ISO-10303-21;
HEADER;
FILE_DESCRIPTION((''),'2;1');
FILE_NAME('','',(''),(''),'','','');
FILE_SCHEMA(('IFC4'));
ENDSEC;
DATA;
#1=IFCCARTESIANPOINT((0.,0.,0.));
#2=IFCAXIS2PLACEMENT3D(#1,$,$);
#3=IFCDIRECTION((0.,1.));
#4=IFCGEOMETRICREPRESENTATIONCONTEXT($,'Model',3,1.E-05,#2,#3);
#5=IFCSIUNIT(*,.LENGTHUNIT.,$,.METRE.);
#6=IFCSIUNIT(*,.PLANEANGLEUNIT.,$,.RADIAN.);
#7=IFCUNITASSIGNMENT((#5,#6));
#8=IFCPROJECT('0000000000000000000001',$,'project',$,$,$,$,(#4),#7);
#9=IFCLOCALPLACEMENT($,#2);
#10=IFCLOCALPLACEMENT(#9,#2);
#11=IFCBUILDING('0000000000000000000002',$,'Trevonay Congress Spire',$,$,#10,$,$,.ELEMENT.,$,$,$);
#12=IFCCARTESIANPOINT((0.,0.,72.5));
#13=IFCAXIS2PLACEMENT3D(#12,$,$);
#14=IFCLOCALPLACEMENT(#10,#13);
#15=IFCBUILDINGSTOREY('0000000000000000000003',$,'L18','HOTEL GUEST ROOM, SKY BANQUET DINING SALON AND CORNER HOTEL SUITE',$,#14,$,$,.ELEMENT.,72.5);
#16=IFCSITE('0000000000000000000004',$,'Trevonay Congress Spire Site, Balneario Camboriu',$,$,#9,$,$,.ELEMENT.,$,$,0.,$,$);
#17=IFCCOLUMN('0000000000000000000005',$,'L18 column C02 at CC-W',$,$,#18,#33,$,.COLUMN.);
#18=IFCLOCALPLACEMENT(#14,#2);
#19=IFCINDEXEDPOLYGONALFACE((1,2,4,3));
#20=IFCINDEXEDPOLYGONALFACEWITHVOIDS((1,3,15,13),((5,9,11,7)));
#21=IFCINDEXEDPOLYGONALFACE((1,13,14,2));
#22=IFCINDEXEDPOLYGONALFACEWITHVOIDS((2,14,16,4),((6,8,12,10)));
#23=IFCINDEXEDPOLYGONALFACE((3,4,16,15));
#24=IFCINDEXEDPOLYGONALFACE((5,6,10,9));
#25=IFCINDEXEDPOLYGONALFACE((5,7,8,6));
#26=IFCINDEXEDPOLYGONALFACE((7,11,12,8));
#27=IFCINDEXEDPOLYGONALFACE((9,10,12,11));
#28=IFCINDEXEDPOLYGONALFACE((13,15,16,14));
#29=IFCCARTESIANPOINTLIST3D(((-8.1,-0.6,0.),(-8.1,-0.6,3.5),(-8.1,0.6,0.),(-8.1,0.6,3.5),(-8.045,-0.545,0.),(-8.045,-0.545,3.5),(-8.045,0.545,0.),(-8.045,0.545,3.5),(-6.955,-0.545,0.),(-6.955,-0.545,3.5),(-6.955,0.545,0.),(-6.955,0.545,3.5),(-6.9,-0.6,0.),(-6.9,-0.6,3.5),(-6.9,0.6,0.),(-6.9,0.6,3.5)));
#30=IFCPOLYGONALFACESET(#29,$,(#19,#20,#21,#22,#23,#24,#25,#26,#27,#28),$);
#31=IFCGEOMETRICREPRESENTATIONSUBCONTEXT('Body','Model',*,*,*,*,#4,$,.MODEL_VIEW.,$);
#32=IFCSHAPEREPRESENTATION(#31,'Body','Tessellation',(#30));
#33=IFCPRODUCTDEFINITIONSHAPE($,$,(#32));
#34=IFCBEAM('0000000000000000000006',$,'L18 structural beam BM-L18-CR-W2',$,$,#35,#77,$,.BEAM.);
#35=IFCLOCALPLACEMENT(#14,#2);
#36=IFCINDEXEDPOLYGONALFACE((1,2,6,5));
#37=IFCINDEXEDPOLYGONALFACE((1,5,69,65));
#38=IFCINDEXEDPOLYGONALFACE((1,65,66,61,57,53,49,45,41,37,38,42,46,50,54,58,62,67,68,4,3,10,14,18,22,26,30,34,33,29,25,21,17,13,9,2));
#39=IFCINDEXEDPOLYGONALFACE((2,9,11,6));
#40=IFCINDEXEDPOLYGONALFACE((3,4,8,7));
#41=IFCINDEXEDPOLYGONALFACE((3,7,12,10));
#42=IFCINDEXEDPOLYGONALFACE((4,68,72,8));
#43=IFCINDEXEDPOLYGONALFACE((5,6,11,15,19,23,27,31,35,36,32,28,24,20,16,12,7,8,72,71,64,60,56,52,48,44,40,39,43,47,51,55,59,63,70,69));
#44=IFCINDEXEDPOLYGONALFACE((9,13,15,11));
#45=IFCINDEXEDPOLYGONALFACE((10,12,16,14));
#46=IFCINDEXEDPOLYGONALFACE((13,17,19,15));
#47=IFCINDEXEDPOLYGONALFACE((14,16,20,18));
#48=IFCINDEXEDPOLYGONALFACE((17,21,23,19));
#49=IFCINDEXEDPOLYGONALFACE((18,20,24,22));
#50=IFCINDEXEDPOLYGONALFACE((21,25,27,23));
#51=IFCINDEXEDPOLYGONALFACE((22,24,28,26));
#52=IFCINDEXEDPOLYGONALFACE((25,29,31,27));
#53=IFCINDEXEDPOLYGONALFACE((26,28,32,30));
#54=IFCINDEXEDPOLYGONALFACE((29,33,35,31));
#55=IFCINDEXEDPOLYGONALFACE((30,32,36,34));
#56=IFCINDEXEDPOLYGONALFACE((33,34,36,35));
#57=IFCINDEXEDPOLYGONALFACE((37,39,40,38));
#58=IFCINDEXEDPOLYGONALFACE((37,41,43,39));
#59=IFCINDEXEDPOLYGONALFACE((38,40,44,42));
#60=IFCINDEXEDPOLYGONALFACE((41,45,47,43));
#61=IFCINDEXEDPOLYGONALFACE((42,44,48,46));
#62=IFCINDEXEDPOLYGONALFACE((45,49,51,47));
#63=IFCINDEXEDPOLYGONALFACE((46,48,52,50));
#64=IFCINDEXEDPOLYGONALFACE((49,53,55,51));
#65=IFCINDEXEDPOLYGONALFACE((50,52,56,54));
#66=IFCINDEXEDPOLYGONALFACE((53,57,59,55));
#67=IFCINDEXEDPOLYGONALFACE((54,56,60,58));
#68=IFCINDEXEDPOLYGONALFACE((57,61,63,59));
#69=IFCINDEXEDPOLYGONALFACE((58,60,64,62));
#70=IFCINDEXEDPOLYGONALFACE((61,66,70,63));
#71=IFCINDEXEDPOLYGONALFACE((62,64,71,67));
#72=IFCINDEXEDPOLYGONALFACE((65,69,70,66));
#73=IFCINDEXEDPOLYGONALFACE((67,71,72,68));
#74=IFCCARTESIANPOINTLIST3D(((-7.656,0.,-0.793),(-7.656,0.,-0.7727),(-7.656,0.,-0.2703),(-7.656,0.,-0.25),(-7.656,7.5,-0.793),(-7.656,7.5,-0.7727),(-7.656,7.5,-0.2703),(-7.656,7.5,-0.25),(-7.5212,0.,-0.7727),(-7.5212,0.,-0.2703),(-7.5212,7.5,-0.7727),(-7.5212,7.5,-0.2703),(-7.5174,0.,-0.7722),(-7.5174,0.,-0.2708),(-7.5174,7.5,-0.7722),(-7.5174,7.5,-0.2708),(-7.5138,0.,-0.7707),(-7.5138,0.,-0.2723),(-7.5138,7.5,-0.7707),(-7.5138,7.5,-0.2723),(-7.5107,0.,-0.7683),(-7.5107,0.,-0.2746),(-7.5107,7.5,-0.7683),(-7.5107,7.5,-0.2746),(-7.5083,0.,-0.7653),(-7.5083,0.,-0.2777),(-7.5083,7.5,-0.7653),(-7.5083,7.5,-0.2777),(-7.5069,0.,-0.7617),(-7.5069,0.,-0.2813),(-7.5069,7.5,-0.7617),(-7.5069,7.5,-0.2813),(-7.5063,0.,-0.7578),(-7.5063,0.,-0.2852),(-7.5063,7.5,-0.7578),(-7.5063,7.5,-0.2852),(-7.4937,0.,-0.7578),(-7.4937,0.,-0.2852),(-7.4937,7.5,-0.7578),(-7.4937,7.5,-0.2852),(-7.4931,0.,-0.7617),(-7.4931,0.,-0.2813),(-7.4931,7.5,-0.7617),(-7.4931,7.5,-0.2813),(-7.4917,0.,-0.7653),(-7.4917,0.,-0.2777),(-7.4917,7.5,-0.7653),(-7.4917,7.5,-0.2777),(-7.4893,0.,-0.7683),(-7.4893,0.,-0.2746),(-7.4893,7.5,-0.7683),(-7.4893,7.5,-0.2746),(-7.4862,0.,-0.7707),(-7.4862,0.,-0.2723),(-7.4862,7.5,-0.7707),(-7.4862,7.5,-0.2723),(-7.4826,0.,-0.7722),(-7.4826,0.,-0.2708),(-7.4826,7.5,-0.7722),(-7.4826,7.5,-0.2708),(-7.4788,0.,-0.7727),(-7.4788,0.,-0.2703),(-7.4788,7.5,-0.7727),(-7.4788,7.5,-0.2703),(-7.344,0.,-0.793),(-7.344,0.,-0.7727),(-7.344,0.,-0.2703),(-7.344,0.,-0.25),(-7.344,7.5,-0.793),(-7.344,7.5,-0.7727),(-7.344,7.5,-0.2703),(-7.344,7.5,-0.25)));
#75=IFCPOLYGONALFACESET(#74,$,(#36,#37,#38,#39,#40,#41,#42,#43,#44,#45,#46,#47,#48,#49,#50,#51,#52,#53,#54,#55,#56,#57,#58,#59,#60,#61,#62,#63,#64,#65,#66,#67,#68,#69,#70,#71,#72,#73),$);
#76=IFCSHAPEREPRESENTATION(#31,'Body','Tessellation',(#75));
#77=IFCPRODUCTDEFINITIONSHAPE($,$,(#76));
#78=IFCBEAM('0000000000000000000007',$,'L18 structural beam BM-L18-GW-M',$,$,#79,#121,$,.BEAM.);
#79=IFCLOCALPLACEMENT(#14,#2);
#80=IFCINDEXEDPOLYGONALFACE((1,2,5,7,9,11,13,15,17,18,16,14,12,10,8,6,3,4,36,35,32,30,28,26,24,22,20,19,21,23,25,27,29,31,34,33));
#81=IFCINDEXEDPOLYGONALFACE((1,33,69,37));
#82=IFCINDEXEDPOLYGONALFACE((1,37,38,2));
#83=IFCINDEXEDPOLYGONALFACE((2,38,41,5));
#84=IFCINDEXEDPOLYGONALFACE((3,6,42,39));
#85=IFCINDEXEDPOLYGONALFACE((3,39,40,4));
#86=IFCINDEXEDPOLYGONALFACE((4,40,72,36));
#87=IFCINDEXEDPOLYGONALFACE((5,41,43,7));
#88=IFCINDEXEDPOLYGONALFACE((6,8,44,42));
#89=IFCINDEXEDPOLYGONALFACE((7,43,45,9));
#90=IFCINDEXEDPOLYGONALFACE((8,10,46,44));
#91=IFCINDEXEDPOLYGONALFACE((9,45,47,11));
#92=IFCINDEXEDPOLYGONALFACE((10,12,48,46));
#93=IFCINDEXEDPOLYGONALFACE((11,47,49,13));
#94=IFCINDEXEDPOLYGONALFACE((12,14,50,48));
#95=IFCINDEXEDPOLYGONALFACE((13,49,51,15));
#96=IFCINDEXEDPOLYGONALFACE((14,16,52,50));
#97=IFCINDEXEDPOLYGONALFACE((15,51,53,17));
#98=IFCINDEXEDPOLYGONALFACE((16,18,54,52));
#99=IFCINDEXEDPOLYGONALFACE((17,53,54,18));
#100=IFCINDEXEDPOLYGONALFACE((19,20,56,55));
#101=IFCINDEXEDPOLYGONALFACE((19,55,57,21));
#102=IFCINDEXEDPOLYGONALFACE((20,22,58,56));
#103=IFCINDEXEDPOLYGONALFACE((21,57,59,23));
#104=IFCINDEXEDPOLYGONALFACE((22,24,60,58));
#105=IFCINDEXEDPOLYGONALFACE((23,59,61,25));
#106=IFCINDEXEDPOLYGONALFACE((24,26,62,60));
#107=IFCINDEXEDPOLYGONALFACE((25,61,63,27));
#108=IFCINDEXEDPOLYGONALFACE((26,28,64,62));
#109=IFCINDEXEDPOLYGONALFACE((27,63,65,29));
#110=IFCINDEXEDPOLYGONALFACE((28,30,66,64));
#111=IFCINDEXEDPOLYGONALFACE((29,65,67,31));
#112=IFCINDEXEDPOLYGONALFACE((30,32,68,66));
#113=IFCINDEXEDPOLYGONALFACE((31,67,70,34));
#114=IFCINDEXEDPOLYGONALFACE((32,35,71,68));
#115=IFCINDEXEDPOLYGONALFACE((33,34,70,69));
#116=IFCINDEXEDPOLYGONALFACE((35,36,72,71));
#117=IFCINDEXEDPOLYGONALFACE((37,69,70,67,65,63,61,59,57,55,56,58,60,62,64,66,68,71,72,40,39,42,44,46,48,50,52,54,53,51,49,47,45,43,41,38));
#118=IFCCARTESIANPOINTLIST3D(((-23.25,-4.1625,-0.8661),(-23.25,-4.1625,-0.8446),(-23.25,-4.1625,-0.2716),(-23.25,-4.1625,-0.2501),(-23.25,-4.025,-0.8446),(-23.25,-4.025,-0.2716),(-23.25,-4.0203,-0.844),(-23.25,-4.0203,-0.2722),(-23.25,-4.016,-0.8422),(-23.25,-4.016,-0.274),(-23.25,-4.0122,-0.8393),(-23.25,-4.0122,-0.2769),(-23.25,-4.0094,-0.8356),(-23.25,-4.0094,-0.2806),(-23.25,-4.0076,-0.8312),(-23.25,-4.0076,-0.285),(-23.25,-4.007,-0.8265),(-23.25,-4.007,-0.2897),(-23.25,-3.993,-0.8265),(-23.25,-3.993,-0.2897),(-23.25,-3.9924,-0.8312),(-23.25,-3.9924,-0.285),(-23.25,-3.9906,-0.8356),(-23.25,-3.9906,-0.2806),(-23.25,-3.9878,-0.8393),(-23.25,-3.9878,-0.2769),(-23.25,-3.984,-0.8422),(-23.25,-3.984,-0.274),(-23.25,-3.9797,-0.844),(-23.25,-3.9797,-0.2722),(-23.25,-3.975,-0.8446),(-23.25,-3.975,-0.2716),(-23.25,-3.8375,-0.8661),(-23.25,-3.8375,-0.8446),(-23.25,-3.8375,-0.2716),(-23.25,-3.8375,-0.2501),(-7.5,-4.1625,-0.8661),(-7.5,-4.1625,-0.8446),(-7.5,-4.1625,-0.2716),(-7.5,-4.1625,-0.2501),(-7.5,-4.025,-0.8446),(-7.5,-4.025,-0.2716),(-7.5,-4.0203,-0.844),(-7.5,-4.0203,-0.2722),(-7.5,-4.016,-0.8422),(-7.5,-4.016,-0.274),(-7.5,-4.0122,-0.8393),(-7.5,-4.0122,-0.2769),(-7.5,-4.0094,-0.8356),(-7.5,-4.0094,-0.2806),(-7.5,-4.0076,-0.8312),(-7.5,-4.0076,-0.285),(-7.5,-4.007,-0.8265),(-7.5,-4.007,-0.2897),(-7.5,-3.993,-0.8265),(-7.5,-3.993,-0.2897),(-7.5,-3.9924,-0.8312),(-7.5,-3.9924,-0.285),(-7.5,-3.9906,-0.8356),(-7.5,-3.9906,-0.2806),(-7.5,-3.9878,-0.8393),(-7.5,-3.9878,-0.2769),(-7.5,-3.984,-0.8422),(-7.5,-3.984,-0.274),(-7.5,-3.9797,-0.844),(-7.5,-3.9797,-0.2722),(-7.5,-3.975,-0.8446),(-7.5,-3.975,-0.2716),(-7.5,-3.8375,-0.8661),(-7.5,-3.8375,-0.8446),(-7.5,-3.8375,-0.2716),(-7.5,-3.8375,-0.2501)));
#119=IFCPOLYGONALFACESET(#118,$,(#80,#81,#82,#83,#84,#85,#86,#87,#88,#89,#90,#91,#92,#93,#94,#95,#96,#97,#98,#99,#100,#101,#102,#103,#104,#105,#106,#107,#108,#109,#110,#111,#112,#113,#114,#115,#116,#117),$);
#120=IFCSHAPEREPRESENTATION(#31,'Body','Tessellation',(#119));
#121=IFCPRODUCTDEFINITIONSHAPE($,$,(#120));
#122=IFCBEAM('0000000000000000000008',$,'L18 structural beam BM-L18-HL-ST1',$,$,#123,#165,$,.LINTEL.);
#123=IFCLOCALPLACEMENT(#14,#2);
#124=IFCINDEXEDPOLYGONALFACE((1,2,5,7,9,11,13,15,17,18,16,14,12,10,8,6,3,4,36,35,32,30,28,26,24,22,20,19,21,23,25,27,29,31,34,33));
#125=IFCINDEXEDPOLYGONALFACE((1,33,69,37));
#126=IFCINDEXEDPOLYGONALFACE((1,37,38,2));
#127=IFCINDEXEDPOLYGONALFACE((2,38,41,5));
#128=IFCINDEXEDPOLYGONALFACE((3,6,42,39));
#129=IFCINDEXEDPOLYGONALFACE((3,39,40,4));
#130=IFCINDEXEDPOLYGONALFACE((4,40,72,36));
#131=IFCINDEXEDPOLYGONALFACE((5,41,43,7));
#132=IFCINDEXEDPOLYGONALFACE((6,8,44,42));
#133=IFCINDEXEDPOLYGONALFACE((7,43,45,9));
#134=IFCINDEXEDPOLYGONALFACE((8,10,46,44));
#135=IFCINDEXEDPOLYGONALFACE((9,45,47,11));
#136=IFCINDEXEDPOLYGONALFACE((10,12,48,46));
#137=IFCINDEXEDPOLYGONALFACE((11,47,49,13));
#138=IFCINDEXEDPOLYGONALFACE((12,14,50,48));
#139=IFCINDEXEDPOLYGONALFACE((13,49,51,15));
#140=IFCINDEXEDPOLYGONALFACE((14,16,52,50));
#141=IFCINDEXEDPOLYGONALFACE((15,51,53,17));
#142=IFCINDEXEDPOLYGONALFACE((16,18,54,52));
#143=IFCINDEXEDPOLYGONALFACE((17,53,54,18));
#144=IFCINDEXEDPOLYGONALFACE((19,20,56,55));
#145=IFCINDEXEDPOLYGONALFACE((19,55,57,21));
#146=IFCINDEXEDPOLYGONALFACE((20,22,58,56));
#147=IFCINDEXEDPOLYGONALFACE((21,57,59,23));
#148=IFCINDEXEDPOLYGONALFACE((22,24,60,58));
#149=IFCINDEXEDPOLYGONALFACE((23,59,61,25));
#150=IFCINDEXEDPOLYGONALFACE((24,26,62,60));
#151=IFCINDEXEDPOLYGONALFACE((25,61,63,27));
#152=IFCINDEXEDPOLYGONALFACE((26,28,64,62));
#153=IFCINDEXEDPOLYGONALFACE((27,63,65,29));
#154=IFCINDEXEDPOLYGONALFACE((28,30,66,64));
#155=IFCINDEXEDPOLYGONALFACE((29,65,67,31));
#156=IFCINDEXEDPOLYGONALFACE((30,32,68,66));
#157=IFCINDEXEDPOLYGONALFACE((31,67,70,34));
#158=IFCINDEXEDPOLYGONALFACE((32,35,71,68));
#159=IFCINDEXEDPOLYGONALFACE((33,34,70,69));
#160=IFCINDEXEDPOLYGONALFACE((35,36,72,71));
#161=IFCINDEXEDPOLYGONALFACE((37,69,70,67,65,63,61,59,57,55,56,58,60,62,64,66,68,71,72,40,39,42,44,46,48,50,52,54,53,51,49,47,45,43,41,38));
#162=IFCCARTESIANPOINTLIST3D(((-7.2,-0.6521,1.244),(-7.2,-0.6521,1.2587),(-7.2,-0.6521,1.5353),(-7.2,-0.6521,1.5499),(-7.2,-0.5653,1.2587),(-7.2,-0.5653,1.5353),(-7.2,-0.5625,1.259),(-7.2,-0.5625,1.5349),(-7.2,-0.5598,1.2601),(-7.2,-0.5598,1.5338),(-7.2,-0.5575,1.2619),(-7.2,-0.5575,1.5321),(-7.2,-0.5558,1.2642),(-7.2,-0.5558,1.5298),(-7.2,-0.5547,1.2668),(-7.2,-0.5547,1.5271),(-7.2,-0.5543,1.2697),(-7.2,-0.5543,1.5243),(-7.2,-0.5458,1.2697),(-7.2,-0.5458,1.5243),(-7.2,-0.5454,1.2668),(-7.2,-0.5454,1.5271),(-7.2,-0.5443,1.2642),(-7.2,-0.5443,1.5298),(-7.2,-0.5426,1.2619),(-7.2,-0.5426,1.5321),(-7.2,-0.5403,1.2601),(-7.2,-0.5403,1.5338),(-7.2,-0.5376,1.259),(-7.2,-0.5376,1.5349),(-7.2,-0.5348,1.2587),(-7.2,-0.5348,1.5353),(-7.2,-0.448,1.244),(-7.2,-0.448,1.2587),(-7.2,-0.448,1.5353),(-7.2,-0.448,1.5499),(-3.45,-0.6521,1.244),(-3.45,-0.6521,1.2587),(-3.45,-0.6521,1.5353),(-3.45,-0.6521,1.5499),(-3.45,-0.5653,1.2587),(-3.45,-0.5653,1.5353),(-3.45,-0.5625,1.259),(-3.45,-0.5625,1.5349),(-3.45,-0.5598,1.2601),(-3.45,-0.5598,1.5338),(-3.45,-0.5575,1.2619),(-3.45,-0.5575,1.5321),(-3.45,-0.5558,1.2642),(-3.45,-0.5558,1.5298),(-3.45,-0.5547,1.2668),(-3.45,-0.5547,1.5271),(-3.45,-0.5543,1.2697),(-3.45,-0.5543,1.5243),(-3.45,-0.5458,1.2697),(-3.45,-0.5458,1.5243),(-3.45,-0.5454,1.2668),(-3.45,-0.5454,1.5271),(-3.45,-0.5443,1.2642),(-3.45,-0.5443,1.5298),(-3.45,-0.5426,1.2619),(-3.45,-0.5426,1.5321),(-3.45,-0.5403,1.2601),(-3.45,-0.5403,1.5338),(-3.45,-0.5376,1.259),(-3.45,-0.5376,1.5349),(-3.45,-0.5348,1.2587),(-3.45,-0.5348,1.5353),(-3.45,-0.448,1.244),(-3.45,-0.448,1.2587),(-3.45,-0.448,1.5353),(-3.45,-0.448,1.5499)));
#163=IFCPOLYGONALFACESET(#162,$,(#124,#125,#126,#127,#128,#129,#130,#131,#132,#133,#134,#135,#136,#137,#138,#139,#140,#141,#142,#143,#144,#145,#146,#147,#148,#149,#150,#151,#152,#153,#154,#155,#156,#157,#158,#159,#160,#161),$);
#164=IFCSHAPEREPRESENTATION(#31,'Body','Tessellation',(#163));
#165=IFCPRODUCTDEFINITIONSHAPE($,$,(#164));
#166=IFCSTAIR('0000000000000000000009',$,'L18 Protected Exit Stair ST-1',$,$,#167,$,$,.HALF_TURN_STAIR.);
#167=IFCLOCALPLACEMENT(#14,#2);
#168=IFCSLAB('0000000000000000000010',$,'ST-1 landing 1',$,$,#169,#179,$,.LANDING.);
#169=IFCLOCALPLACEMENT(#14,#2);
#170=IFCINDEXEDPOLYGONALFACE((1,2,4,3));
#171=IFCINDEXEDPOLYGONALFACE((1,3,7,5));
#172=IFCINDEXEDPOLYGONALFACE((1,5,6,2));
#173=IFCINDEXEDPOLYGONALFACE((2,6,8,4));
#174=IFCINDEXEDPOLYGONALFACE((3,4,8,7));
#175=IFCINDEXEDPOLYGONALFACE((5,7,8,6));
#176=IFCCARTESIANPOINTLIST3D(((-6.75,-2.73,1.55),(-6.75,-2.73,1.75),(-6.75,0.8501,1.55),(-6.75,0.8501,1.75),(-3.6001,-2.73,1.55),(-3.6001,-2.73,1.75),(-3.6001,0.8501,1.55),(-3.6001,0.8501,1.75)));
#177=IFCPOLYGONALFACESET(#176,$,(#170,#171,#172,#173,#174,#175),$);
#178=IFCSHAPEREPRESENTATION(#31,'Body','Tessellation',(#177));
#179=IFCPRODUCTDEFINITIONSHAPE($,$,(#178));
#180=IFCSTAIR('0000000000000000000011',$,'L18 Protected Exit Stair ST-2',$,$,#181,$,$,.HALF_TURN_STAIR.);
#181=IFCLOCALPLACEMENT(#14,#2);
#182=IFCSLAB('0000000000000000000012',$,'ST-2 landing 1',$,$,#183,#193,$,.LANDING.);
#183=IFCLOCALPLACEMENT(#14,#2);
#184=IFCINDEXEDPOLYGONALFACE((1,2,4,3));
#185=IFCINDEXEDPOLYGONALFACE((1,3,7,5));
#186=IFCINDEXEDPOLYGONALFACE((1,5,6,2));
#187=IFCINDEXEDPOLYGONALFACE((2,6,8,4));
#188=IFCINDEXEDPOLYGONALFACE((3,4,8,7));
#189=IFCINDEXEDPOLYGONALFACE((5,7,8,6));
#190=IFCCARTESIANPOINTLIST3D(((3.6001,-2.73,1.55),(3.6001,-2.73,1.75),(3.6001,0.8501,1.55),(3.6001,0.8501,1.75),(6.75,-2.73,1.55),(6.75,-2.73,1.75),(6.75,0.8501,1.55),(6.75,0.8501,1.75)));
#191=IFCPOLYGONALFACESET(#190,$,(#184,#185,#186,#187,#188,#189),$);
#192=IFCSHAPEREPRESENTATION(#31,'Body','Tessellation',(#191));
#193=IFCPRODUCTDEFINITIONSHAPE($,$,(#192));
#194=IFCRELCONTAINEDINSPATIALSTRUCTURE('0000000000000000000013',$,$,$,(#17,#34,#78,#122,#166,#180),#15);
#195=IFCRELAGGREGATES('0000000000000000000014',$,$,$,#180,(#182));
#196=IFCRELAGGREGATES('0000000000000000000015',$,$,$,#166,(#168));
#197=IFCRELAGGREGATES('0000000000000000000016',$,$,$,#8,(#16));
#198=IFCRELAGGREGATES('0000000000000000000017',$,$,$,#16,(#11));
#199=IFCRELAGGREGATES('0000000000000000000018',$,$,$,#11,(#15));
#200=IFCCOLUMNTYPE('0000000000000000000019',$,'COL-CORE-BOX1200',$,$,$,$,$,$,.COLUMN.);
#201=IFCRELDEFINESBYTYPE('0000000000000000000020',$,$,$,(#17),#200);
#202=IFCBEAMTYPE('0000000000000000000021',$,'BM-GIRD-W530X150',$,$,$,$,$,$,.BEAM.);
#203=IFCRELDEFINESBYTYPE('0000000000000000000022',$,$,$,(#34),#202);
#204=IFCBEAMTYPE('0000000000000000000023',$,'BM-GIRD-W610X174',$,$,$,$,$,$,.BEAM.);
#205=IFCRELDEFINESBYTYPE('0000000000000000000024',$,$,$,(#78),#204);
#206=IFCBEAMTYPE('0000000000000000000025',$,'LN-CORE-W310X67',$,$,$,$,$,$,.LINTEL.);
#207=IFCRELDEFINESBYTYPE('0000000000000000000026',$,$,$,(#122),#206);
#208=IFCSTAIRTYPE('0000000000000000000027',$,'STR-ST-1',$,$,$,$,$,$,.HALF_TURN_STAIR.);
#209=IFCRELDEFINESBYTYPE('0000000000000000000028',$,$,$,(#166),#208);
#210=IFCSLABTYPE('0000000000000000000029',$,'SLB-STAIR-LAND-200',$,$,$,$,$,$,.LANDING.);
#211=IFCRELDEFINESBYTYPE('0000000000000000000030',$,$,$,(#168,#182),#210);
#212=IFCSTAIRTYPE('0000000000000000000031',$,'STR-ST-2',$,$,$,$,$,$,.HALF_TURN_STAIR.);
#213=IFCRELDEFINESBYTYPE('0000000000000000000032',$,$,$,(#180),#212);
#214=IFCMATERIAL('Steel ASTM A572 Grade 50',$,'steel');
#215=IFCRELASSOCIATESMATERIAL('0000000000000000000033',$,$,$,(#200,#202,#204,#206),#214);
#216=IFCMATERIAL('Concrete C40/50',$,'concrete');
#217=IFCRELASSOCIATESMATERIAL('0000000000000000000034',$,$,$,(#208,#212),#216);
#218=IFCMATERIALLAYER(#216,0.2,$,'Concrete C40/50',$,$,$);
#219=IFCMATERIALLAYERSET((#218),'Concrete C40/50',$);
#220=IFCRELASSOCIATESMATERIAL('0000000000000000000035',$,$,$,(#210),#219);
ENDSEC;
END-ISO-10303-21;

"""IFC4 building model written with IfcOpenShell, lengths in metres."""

from ifc_helpers import new_model, si_unit, direction, frame, origin, origin_2d, place, context, subcontext, project, spatial, polyline, hollow_rectangle, i_section, outline, extrude, material, layer, layer_set, material_profile, profile_set, type_object, element, aggregate, save


model = new_model("IFC4")

# Units and contexts
model_context = context("Model", 3, precision=1e-05, world=origin(), true_north=direction((0.0, 1.0)))
body_context = subcontext(model_context, "Body", "Model", "MODEL_VIEW")
ifc_project = project(units=[si_unit("LENGTHUNIT", "METRE"), si_unit("PLANEANGLEUNIT", "RADIAN")], contexts=[model_context])

# Site, building, storey
site_placement = place(None, origin())
site = spatial("IfcSite", under=ifc_project, at=site_placement, Name="Trevonay Congress Spire Site, Balneario Camboriu", CompositionType="ELEMENT", RefElevation=0.0)
building_placement = place(site_placement, origin())
building = spatial("IfcBuilding", under=site, at=building_placement, Name="Trevonay Congress Spire", CompositionType="ELEMENT")
storey_placement = place(building_placement, frame((0.0, 0.0, 72.5)))
storey = spatial("IfcBuildingStorey", under=building, at=storey_placement, Name="L18", Description="HOTEL GUEST ROOM, SKY BANQUET DINING SALON AND CORNER HOTEL SUITE", CompositionType="ELEMENT", Elevation=72.5)

# Column
ifc_material_1 = material(Name="Steel ASTM A572 Grade 50", Category="steel")
ifc_material_profile_1 = material_profile(ifc_material_1, hollow_rectangle(XDim=1.2, YDim=1.2, WallThickness=0.0549, at=origin_2d()), Name="BOX 1200x1200x55")
ifc_profile_set_1 = profile_set([ifc_material_profile_1], Name="Steel ASTM A572 Grade 50")
column_type = type_object("IfcColumnType", Name="COL-CORE-BOX1200", PredefinedType="COLUMN", material=ifc_profile_set_1)
column_placement = place(storey_placement, frame((-7.5, 0.0, 0.0), z_axis=(0.0, 0.0, 1.0), x_axis=(1.0, 0.0, 0.0)))
element("IfcColumn", 1, at=column_placement, inside=storey, type_object=column_type, Name="L18 column C02 at CC-W", PredefinedType="COLUMN", context=body_context, shape_type="SweptSolid", body=[
    extrude(hollow_rectangle(XDim=1.2, YDim=1.2, WallThickness=0.0549, at=origin_2d()), origin(), (0.0, 0.0, 1.0), 3.5),
])

# Beams
ifc_material_profile_2 = material_profile(ifc_material_1, i_section(OverallWidth=0.312, OverallDepth=0.543, WebThickness=0.0127, FlangeThickness=0.0203, FilletRadius=0.0149, at=origin_2d()), Name="W530x150")
ifc_profile_set_2 = profile_set([ifc_material_profile_2], Name="Steel ASTM A572 Grade 50")
beam_type_1 = type_object("IfcBeamType", Name="BM-GIRD-W530X150", PredefinedType="BEAM", material=ifc_profile_set_2)
beam_1_placement = place(storey_placement, frame((-7.5, 0.0, -0.5215), z_axis=(0.0, 1.0, 0.0), x_axis=(-1.0, 0.0, 0.0)))
element("IfcBeam", 2, at=beam_1_placement, inside=storey, type_object=beam_type_1, Name="L18 structural beam BM-L18-CR-W2", PredefinedType="BEAM", context=body_context, shape_type="SweptSolid", body=[
    extrude(i_section(OverallWidth=0.312, OverallDepth=0.543, WebThickness=0.0127, FlangeThickness=0.0203, FilletRadius=0.0149, at=origin_2d()), origin(), (0.0, 0.0, 1.0), 7.5),
])
ifc_material_profile_3 = material_profile(ifc_material_1, i_section(OverallWidth=0.325, OverallDepth=0.616, WebThickness=0.0139, FlangeThickness=0.0215, FilletRadius=0.0181, at=origin_2d()), Name="W610x174")
ifc_profile_set_3 = profile_set([ifc_material_profile_3], Name="Steel ASTM A572 Grade 50")
beam_type_2 = type_object("IfcBeamType", Name="BM-GIRD-W610X174", PredefinedType="BEAM", material=ifc_profile_set_3)
beam_2_placement = place(storey_placement, frame((-7.5, -4.0, -0.5581), z_axis=(-1.0, 0.0, 0.0), x_axis=(0.0, -1.0, 0.0)))
element("IfcBeam", 3, at=beam_2_placement, inside=storey, type_object=beam_type_2, Name="L18 structural beam BM-L18-GW-M", PredefinedType="BEAM", context=body_context, shape_type="SweptSolid", body=[
    extrude(i_section(OverallWidth=0.325, OverallDepth=0.616, WebThickness=0.0139, FlangeThickness=0.0215, FilletRadius=0.0181, at=origin_2d()), origin(), (0.0, 0.0, 1.0), 15.75),
])
ifc_material_profile_4 = material_profile(ifc_material_1, i_section(OverallWidth=0.2041, OverallDepth=0.3059, WebThickness=0.0085, FlangeThickness=0.0146, FilletRadius=0.011, at=origin_2d()), Name="W310x67")
ifc_profile_set_4 = profile_set([ifc_material_profile_4], Name="Steel ASTM A572 Grade 50")
beam_type_3 = type_object("IfcBeamType", Name="LN-CORE-W310X67", PredefinedType="LINTEL", material=ifc_profile_set_4)
beam_3_placement = place(storey_placement, frame((-7.2, -0.55, 1.397), z_axis=(1.0, 0.0, 0.0), x_axis=(0.0, 1.0, 0.0)))
element("IfcBeam", 4, at=beam_3_placement, inside=storey, type_object=beam_type_3, Name="L18 structural beam BM-L18-HL-ST1", PredefinedType="LINTEL", context=body_context, shape_type="SweptSolid", body=[
    extrude(i_section(OverallWidth=0.2041, OverallDepth=0.3059, WebThickness=0.0085, FlangeThickness=0.0146, FilletRadius=0.011, at=origin_2d()), origin(), (0.0, 0.0, 1.0), 3.75),
])

# Stairs, slabs
ifc_material_2 = material(Name="Concrete C40/50", Category="concrete")
stair_type_1 = type_object("IfcStairType", Name="STR-ST-1", PredefinedType="HALF_TURN_STAIR", material=ifc_material_2)
stair_1_placement = place(storey_placement, origin())
stair_1 = element("IfcStair", 5, at=stair_1_placement, inside=storey, type_object=stair_type_1, Name="L18 Protected Exit Stair ST-1", PredefinedType="HALF_TURN_STAIR")
ifc_layer_1 = layer(ifc_material_2, 0.2, Name="Concrete C40/50")
ifc_layer_set_1 = layer_set([ifc_layer_1], Name="Concrete C40/50")
slab_type_1 = type_object("IfcSlabType", Name="SLB-STAIR-LAND-200", PredefinedType="LANDING", material=ifc_layer_set_1)
slab_1_placement = place(storey_placement, frame((0.0, 0.0, 1.55)))
slab_1 = element("IfcSlab", 6, at=slab_1_placement, type_object=slab_type_1, Name="ST-1 landing 1", PredefinedType="LANDING", context=body_context, shape_type="SweptSolid", body=[
    extrude(outline(polyline([(-3.6001, -2.73), (-3.6001, 0.8501), (-6.75, 0.8501), (-6.75, -2.73), (-3.6001, -2.73)])), origin(), (0.0, 0.0, 1.0), 0.2),
])
stair_type_2 = type_object("IfcStairType", Name="STR-ST-2", PredefinedType="HALF_TURN_STAIR", material=ifc_material_2)
stair_2_placement = place(storey_placement, origin())
stair_2 = element("IfcStair", 7, at=stair_2_placement, inside=storey, type_object=stair_type_2, Name="L18 Protected Exit Stair ST-2", PredefinedType="HALF_TURN_STAIR")
slab_2_placement = place(storey_placement, frame((0.0, 0.0, 1.55)))
slab_2 = element("IfcSlab", 8, at=slab_2_placement, type_object=slab_type_1, Name="ST-2 landing 1", PredefinedType="LANDING", context=body_context, shape_type="SweptSolid", body=[
    extrude(outline(polyline([(6.75, -2.73), (6.75, 0.8501), (3.6001, 0.8501), (3.6001, -2.73), (6.75, -2.73)])), origin(), (0.0, 0.0, 1.0), 0.2),
])
aggregate(stair_2, [slab_2])

aggregate(stair_1, [slab_1])

save(model, "model.ifc")
